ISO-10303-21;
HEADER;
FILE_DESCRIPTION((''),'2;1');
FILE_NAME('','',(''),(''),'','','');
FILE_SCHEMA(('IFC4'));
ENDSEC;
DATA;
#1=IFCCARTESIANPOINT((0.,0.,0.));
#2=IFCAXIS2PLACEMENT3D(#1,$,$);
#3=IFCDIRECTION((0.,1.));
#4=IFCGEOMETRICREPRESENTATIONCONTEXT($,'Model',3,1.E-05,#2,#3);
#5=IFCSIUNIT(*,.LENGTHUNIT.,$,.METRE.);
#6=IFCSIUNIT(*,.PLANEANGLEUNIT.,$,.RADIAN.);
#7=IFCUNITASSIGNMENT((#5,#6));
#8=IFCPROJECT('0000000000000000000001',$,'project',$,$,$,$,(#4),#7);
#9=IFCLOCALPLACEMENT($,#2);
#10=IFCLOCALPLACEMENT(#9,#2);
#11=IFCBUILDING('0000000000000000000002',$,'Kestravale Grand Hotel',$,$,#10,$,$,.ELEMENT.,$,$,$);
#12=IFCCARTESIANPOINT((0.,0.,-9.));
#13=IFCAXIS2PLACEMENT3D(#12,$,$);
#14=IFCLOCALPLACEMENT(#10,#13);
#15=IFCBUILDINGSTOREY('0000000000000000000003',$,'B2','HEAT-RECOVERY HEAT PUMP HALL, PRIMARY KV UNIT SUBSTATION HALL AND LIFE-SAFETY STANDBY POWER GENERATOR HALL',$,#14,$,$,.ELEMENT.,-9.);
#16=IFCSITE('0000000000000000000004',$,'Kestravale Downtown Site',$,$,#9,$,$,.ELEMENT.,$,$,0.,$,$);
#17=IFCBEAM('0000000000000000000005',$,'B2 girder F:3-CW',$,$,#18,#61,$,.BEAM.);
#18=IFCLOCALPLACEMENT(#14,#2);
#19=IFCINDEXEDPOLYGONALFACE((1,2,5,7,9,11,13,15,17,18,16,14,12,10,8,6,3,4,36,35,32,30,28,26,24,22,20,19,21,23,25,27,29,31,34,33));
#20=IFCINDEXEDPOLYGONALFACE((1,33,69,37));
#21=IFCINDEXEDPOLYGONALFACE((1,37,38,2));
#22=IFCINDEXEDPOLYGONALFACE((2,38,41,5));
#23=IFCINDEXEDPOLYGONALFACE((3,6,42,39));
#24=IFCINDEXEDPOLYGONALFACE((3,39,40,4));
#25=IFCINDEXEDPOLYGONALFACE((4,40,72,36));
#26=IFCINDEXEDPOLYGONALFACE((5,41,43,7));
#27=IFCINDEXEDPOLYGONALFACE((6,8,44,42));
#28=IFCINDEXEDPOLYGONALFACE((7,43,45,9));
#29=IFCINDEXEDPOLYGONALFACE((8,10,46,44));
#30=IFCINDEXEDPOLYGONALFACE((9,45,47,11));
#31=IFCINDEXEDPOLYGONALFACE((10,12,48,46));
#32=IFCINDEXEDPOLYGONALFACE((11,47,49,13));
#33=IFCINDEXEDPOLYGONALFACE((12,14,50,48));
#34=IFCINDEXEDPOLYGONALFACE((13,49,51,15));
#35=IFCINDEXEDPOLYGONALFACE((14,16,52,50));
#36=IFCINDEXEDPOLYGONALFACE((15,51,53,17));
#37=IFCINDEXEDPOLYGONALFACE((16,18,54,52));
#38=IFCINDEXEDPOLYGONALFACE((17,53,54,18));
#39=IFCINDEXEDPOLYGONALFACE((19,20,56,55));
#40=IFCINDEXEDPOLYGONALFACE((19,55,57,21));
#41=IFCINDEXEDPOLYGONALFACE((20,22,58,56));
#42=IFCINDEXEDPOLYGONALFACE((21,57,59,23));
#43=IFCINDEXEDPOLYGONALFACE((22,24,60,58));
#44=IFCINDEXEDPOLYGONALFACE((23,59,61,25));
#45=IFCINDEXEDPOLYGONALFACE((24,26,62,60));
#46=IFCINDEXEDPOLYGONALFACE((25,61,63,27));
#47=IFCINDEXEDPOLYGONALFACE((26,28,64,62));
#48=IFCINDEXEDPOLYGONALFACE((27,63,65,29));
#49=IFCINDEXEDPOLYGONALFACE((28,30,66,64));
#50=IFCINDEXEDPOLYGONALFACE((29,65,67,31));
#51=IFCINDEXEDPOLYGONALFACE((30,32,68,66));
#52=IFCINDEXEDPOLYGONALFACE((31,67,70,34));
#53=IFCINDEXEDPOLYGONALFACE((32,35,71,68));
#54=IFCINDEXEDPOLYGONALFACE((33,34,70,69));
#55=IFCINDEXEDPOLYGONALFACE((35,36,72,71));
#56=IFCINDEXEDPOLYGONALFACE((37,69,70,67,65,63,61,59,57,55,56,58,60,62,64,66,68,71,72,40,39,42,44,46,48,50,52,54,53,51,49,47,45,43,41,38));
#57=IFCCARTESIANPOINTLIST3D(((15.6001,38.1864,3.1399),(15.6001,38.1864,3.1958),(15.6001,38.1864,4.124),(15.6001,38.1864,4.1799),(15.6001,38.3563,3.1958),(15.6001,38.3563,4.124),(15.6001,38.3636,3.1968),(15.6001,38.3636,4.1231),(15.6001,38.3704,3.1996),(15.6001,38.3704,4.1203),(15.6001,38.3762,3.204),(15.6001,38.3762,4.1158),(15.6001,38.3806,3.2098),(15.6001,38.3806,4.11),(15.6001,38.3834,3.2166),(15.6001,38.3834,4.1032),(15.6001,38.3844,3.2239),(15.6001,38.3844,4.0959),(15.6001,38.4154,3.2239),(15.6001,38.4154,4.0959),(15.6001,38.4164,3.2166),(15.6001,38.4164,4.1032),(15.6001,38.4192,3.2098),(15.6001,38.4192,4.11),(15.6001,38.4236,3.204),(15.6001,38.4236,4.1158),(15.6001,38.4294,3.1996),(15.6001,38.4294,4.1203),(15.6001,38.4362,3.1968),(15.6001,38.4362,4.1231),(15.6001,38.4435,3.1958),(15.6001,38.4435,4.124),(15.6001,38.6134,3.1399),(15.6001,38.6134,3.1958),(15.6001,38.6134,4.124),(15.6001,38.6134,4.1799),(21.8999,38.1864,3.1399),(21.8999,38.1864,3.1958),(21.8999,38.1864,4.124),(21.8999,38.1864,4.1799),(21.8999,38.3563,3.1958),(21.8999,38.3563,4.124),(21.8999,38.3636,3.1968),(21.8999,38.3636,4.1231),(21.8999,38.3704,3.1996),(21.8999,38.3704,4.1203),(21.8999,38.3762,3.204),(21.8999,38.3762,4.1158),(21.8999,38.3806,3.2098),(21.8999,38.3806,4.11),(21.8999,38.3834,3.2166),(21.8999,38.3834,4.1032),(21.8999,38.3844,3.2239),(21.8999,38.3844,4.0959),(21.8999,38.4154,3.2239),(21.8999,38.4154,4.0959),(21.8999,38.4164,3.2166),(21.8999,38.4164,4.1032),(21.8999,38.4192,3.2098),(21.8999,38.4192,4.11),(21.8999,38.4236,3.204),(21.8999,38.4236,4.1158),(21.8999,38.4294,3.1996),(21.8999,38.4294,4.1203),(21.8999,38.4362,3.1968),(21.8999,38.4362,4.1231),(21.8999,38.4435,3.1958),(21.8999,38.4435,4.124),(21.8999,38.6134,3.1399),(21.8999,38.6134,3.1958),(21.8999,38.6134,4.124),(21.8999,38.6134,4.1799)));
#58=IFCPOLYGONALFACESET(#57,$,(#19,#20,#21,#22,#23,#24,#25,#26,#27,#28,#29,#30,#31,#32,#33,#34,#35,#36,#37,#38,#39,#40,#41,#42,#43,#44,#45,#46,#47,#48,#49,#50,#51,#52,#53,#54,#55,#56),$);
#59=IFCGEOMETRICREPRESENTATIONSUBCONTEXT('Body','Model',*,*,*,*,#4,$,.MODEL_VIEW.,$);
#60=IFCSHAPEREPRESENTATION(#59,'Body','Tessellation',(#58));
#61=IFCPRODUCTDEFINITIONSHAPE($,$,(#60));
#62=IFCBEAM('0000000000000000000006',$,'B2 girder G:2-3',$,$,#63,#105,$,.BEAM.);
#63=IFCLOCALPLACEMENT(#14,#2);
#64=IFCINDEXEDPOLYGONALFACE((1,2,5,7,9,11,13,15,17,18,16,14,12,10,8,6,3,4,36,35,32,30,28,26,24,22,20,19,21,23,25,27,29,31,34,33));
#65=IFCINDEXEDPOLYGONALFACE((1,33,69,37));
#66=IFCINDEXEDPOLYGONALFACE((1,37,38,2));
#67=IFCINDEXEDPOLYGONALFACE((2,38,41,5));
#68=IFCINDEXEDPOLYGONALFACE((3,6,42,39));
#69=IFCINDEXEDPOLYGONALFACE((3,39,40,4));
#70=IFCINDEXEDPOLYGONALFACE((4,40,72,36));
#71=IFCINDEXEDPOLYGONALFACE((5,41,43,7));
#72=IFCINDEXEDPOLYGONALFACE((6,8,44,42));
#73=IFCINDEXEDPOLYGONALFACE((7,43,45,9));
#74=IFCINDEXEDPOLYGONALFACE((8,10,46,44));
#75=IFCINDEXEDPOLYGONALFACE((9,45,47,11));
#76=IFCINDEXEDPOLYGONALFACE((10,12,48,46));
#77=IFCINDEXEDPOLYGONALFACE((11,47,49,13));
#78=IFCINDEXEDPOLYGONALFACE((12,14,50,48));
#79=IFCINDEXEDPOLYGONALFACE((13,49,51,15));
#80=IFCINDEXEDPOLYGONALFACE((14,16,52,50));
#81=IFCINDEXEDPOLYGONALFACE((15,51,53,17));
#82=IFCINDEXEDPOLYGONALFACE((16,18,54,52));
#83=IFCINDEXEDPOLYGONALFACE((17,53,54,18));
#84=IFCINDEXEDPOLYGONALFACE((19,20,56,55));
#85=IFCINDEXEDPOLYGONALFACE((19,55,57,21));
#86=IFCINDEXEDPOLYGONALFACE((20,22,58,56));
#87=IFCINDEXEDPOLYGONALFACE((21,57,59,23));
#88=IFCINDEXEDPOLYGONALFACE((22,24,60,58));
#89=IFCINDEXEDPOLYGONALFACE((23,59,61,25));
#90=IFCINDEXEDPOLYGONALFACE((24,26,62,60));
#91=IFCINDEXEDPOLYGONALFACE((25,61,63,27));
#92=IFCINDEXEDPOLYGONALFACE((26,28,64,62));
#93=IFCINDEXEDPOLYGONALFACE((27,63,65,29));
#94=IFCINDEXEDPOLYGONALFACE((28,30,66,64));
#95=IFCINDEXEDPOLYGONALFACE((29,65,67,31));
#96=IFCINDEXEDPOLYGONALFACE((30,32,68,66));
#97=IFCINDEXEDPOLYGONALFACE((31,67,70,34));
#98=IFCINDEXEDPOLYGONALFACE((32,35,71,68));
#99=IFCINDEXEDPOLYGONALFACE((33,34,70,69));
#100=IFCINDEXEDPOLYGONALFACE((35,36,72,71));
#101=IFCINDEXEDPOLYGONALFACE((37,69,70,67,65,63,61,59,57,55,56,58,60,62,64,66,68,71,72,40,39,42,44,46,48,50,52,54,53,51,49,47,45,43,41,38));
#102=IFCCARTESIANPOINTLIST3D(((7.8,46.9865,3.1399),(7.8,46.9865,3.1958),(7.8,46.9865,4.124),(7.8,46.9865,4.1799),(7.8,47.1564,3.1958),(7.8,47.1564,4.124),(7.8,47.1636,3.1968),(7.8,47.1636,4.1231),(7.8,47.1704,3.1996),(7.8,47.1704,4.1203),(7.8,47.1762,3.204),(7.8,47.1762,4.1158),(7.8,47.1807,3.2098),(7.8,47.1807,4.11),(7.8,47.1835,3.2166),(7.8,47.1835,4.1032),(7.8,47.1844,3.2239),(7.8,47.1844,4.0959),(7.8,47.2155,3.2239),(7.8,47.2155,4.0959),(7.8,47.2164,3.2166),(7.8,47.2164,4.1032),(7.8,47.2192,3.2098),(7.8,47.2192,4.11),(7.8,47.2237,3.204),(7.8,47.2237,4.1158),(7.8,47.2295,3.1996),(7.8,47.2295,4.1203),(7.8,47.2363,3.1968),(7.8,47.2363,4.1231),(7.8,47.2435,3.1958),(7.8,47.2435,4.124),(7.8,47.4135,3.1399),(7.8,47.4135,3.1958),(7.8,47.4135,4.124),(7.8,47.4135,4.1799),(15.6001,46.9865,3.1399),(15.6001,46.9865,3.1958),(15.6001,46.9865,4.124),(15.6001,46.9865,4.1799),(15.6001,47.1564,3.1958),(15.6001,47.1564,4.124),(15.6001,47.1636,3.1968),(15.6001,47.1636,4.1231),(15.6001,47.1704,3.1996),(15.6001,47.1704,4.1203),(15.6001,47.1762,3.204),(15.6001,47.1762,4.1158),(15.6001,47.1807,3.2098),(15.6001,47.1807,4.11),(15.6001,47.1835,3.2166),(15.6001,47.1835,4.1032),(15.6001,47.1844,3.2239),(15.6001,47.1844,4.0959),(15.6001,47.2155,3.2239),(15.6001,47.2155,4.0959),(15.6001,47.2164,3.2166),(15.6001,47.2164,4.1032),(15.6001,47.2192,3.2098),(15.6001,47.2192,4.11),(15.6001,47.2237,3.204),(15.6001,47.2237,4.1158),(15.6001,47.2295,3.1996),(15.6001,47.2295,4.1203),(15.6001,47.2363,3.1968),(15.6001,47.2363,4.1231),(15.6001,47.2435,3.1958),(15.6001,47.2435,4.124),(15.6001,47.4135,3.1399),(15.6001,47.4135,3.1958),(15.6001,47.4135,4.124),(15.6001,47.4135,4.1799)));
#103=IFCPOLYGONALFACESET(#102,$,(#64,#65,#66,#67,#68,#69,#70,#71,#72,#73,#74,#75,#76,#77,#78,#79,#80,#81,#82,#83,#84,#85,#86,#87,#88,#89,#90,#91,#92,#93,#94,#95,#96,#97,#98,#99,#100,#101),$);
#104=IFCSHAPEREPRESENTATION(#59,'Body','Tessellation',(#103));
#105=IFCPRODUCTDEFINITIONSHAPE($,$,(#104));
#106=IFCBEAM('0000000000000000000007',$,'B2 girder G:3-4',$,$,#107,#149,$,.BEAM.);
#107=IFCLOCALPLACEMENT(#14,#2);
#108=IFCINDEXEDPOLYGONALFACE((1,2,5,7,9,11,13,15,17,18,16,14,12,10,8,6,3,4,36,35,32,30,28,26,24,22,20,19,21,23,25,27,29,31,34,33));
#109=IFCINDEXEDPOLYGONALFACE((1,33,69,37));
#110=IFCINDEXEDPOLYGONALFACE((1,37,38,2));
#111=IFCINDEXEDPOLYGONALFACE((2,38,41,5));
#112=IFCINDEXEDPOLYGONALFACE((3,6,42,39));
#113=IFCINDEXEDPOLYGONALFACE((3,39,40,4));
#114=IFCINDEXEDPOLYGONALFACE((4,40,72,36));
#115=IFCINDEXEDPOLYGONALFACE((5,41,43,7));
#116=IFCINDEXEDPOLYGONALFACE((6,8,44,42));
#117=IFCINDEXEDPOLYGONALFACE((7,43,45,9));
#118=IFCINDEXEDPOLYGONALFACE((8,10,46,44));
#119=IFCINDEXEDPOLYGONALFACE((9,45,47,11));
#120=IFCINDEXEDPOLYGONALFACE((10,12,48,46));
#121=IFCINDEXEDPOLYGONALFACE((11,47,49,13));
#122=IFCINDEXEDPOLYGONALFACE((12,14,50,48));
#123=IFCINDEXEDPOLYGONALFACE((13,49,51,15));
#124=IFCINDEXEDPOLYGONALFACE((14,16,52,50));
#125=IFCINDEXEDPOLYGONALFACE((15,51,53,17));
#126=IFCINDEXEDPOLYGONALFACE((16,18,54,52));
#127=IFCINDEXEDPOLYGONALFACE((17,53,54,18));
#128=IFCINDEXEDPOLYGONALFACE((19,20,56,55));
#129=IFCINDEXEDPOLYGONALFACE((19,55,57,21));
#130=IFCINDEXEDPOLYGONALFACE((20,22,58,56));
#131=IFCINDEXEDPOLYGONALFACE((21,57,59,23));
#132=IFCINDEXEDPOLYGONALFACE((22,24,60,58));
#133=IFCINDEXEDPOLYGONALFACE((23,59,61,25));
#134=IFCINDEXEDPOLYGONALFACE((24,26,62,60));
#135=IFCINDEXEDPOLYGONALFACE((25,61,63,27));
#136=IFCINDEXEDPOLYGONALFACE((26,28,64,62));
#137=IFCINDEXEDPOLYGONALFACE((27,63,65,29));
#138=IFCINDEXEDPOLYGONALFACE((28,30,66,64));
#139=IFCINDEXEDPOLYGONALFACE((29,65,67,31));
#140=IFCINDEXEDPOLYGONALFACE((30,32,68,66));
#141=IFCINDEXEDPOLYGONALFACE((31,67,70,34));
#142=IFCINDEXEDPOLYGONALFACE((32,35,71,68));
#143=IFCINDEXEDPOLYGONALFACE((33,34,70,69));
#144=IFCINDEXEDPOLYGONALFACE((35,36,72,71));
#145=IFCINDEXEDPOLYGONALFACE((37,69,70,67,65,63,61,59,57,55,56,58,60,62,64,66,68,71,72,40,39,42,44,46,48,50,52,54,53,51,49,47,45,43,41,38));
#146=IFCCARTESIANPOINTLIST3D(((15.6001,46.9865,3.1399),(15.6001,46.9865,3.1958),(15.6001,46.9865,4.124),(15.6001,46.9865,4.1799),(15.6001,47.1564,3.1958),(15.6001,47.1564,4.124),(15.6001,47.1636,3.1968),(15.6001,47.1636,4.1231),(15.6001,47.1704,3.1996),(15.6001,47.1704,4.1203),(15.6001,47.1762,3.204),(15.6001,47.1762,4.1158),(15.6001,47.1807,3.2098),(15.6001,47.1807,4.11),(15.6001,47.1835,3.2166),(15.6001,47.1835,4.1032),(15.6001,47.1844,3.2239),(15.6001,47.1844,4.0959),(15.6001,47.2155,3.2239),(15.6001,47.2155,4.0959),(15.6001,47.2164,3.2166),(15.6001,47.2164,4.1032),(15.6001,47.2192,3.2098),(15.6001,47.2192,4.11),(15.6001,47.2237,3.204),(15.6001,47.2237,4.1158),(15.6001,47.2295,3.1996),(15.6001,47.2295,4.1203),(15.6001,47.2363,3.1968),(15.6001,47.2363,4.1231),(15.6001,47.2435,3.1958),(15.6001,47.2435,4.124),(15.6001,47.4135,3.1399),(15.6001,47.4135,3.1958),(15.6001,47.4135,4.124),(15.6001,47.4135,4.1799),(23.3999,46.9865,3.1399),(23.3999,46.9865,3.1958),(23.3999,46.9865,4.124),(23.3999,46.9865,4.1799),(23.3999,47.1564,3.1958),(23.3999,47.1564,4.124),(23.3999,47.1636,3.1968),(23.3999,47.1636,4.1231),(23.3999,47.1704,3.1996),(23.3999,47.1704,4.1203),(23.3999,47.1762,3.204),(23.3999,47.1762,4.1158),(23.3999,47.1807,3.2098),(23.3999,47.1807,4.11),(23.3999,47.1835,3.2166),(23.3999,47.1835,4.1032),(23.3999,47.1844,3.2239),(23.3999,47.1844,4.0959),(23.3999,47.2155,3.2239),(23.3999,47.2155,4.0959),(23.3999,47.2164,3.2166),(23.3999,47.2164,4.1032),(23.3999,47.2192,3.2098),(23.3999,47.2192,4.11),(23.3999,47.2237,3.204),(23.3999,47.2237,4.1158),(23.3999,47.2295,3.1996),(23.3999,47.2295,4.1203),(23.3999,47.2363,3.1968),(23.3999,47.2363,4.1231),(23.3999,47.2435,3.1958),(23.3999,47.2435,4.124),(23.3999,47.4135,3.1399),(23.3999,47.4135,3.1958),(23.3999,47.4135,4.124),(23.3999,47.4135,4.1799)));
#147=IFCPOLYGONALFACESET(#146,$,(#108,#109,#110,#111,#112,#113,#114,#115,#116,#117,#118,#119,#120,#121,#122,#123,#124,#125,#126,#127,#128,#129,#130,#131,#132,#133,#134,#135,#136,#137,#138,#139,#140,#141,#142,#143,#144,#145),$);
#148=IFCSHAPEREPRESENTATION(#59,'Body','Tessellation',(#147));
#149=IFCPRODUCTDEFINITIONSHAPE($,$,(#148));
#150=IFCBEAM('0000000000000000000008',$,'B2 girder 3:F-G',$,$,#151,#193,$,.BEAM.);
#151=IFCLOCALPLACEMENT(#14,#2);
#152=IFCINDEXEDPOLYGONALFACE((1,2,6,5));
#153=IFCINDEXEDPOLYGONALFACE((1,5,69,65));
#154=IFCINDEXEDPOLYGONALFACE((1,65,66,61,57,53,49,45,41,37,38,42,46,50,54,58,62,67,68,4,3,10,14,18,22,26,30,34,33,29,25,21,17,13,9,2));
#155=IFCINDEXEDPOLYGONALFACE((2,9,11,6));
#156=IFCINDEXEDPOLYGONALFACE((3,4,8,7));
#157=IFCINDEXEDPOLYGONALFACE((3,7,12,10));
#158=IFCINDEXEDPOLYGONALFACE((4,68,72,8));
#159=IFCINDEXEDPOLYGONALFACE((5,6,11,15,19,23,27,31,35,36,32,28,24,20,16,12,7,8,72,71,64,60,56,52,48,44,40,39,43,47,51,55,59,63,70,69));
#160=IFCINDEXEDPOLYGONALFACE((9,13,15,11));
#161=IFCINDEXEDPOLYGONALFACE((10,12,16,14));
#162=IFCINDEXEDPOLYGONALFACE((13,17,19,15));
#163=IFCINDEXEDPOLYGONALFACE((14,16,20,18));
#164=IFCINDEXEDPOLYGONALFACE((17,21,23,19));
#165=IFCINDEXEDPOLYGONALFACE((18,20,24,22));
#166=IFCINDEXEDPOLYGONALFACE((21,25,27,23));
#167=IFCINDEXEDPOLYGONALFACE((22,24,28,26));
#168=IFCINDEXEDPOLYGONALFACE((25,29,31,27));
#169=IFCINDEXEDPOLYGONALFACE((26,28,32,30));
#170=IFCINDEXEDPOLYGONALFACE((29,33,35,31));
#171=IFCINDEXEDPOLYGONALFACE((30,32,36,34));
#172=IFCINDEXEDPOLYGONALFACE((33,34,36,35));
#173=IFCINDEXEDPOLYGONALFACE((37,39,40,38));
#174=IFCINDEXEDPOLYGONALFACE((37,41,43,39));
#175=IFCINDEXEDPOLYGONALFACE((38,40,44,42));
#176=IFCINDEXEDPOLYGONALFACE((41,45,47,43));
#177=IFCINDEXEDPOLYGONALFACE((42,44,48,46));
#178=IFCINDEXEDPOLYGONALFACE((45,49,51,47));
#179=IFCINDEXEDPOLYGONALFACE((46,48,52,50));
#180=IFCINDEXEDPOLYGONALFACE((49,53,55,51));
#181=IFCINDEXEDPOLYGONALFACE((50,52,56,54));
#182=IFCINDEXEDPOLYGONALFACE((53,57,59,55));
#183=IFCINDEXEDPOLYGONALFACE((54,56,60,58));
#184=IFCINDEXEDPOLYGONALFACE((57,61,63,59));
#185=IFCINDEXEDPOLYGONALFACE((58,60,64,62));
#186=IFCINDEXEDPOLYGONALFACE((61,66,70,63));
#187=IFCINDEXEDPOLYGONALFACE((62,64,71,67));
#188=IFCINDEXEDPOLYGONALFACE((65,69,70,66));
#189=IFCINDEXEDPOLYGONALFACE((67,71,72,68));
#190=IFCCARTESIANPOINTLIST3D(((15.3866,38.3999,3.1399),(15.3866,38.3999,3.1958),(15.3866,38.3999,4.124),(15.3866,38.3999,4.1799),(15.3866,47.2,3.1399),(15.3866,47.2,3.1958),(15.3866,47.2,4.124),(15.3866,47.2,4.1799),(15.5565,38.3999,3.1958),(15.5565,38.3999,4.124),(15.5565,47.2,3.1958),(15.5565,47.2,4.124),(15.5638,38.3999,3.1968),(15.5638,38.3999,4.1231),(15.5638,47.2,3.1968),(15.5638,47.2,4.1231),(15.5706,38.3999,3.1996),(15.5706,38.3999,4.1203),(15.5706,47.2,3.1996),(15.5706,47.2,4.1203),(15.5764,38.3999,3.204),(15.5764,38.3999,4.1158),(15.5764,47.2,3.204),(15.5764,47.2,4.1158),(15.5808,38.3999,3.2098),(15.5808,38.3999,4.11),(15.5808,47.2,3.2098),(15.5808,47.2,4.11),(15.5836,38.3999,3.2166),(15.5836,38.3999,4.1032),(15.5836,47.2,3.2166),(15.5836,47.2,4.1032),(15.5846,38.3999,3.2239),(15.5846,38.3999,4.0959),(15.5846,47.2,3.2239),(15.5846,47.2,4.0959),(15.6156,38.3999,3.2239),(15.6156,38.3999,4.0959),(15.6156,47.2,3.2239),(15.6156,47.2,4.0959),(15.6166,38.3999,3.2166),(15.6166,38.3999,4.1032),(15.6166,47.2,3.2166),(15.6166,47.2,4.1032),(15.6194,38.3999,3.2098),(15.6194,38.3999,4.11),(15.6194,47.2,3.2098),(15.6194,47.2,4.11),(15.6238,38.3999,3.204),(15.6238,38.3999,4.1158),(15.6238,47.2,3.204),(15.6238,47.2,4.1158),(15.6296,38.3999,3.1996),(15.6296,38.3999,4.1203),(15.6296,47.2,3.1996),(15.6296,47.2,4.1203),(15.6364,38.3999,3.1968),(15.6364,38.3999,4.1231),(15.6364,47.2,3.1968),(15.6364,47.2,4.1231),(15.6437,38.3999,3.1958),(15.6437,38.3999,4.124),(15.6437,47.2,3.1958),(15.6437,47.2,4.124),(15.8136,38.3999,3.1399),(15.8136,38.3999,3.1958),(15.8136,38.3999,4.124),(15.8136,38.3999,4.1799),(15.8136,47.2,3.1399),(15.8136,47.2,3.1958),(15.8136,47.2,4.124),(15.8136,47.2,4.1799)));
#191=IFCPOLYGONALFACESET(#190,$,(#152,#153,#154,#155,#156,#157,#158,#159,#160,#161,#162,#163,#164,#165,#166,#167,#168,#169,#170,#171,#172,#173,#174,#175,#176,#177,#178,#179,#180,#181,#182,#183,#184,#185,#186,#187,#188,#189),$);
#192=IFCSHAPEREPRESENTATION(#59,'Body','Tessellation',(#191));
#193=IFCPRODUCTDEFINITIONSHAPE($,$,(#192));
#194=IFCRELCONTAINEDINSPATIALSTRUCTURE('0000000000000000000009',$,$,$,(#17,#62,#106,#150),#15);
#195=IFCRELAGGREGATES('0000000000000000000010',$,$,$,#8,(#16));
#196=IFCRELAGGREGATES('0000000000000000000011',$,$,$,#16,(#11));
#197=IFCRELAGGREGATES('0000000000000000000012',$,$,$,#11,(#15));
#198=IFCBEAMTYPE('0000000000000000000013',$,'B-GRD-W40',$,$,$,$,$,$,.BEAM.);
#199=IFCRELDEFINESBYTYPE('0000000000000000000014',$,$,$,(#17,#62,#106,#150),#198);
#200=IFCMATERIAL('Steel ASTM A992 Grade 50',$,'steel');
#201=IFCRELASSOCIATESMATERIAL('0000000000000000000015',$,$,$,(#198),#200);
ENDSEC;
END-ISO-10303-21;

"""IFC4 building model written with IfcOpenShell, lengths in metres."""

from ifc_helpers import new_model, si_unit, direction, frame, origin, origin_2d, place, context, subcontext, project, spatial, i_section, extrude, material, material_profile, profile_set, type_object, element, save


model = new_model("IFC4")

# Units and contexts
model_context = context("Model", 3, precision=1e-05, world=origin(), true_north=direction((0.0, 1.0)))
body_context = subcontext(model_context, "Body", "Model", "MODEL_VIEW")
ifc_project = project(units=[si_unit("LENGTHUNIT", "METRE"), si_unit("PLANEANGLEUNIT", "RADIAN")], contexts=[model_context])

# Site, building, storey
site_placement = place(None, origin())
site = spatial("IfcSite", under=ifc_project, at=site_placement, Name="Kestravale Downtown Site", CompositionType="ELEMENT", RefElevation=0.0)
building_placement = place(site_placement, origin())
building = spatial("IfcBuilding", under=site, at=building_placement, Name="Kestravale Grand Hotel", CompositionType="ELEMENT")
storey_placement = place(building_placement, frame((0.0, 0.0, -9.0)))
storey = spatial("IfcBuildingStorey", under=building, at=storey_placement, Name="B2", Description="HEAT-RECOVERY HEAT PUMP HALL, PRIMARY KV UNIT SUBSTATION HALL AND LIFE-SAFETY STANDBY POWER GENERATOR HALL", CompositionType="ELEMENT", Elevation=-9.0)

# Beams
ifc_material_1 = material(Name="Steel ASTM A992 Grade 50", Category="steel")
ifc_material_profile_1 = material_profile(ifc_material_1, i_section(OverallWidth=0.427, OverallDepth=1.04, WebThickness=0.031, FlangeThickness=0.0559, FilletRadius=0.0281, at=origin_2d()))
ifc_profile_set_1 = profile_set([ifc_material_profile_1], Name="Steel ASTM A992 Grade 50")
beam_type_1 = type_object("IfcBeamType", Name="B-GRD-W40", PredefinedType="BEAM", material=ifc_profile_set_1)
beam_1_placement = place(storey_placement, frame((15.6001, 38.3999, 3.6599), z_axis=(1.0, 0.0, 0.0), x_axis=(0.0, 1.0, 0.0)))
element("IfcBeam", 1, at=beam_1_placement, inside=storey, type_object=beam_type_1, Name="B2 girder F:3-CW", PredefinedType="BEAM", context=body_context, shape_type="SweptSolid", body=[
    extrude(i_section(OverallWidth=0.427, OverallDepth=1.04, WebThickness=0.031, FlangeThickness=0.0559, FilletRadius=0.0281, at=origin_2d()), origin(), (0.0, 0.0, 1.0), 6.2998),
])
beam_2_placement = place(storey_placement, frame((7.8, 47.2, 3.6599), z_axis=(1.0, 0.0, 0.0), x_axis=(0.0, 1.0, 0.0)))
element("IfcBeam", 2, at=beam_2_placement, inside=storey, type_object=beam_type_1, Name="B2 girder G:2-3", PredefinedType="BEAM", context=body_context, shape_type="SweptSolid", body=[
    extrude(i_section(OverallWidth=0.427, OverallDepth=1.04, WebThickness=0.031, FlangeThickness=0.0559, FilletRadius=0.0281, at=origin_2d()), origin(), (0.0, 0.0, 1.0), 7.8),
])
beam_3_placement = place(storey_placement, frame((15.6001, 47.2, 3.6599), z_axis=(1.0, 0.0, 0.0), x_axis=(0.0, 1.0, 0.0)))
element("IfcBeam", 3, at=beam_3_placement, inside=storey, type_object=beam_type_1, Name="B2 girder G:3-4", PredefinedType="BEAM", context=body_context, shape_type="SweptSolid", body=[
    extrude(i_section(OverallWidth=0.427, OverallDepth=1.04, WebThickness=0.031, FlangeThickness=0.0559, FilletRadius=0.0281, at=origin_2d()), origin(), (0.0, 0.0, 1.0), 7.7998),
])
beam_4_placement = place(storey_placement, frame((15.6001, 38.3999, 3.6599), z_axis=(0.0, 1.0, 0.0), x_axis=(-1.0, 0.0, 0.0)))
element("IfcBeam", 4, at=beam_4_placement, inside=storey, type_object=beam_type_1, Name="B2 girder 3:F-G", PredefinedType="BEAM", context=body_context, shape_type="SweptSolid", body=[
    extrude(i_section(OverallWidth=0.427, OverallDepth=1.04, WebThickness=0.031, FlangeThickness=0.0559, FilletRadius=0.0281, at=origin_2d()), origin(), (0.0, 0.0, 1.0), 8.8),
])

save(model, "model.ifc")
